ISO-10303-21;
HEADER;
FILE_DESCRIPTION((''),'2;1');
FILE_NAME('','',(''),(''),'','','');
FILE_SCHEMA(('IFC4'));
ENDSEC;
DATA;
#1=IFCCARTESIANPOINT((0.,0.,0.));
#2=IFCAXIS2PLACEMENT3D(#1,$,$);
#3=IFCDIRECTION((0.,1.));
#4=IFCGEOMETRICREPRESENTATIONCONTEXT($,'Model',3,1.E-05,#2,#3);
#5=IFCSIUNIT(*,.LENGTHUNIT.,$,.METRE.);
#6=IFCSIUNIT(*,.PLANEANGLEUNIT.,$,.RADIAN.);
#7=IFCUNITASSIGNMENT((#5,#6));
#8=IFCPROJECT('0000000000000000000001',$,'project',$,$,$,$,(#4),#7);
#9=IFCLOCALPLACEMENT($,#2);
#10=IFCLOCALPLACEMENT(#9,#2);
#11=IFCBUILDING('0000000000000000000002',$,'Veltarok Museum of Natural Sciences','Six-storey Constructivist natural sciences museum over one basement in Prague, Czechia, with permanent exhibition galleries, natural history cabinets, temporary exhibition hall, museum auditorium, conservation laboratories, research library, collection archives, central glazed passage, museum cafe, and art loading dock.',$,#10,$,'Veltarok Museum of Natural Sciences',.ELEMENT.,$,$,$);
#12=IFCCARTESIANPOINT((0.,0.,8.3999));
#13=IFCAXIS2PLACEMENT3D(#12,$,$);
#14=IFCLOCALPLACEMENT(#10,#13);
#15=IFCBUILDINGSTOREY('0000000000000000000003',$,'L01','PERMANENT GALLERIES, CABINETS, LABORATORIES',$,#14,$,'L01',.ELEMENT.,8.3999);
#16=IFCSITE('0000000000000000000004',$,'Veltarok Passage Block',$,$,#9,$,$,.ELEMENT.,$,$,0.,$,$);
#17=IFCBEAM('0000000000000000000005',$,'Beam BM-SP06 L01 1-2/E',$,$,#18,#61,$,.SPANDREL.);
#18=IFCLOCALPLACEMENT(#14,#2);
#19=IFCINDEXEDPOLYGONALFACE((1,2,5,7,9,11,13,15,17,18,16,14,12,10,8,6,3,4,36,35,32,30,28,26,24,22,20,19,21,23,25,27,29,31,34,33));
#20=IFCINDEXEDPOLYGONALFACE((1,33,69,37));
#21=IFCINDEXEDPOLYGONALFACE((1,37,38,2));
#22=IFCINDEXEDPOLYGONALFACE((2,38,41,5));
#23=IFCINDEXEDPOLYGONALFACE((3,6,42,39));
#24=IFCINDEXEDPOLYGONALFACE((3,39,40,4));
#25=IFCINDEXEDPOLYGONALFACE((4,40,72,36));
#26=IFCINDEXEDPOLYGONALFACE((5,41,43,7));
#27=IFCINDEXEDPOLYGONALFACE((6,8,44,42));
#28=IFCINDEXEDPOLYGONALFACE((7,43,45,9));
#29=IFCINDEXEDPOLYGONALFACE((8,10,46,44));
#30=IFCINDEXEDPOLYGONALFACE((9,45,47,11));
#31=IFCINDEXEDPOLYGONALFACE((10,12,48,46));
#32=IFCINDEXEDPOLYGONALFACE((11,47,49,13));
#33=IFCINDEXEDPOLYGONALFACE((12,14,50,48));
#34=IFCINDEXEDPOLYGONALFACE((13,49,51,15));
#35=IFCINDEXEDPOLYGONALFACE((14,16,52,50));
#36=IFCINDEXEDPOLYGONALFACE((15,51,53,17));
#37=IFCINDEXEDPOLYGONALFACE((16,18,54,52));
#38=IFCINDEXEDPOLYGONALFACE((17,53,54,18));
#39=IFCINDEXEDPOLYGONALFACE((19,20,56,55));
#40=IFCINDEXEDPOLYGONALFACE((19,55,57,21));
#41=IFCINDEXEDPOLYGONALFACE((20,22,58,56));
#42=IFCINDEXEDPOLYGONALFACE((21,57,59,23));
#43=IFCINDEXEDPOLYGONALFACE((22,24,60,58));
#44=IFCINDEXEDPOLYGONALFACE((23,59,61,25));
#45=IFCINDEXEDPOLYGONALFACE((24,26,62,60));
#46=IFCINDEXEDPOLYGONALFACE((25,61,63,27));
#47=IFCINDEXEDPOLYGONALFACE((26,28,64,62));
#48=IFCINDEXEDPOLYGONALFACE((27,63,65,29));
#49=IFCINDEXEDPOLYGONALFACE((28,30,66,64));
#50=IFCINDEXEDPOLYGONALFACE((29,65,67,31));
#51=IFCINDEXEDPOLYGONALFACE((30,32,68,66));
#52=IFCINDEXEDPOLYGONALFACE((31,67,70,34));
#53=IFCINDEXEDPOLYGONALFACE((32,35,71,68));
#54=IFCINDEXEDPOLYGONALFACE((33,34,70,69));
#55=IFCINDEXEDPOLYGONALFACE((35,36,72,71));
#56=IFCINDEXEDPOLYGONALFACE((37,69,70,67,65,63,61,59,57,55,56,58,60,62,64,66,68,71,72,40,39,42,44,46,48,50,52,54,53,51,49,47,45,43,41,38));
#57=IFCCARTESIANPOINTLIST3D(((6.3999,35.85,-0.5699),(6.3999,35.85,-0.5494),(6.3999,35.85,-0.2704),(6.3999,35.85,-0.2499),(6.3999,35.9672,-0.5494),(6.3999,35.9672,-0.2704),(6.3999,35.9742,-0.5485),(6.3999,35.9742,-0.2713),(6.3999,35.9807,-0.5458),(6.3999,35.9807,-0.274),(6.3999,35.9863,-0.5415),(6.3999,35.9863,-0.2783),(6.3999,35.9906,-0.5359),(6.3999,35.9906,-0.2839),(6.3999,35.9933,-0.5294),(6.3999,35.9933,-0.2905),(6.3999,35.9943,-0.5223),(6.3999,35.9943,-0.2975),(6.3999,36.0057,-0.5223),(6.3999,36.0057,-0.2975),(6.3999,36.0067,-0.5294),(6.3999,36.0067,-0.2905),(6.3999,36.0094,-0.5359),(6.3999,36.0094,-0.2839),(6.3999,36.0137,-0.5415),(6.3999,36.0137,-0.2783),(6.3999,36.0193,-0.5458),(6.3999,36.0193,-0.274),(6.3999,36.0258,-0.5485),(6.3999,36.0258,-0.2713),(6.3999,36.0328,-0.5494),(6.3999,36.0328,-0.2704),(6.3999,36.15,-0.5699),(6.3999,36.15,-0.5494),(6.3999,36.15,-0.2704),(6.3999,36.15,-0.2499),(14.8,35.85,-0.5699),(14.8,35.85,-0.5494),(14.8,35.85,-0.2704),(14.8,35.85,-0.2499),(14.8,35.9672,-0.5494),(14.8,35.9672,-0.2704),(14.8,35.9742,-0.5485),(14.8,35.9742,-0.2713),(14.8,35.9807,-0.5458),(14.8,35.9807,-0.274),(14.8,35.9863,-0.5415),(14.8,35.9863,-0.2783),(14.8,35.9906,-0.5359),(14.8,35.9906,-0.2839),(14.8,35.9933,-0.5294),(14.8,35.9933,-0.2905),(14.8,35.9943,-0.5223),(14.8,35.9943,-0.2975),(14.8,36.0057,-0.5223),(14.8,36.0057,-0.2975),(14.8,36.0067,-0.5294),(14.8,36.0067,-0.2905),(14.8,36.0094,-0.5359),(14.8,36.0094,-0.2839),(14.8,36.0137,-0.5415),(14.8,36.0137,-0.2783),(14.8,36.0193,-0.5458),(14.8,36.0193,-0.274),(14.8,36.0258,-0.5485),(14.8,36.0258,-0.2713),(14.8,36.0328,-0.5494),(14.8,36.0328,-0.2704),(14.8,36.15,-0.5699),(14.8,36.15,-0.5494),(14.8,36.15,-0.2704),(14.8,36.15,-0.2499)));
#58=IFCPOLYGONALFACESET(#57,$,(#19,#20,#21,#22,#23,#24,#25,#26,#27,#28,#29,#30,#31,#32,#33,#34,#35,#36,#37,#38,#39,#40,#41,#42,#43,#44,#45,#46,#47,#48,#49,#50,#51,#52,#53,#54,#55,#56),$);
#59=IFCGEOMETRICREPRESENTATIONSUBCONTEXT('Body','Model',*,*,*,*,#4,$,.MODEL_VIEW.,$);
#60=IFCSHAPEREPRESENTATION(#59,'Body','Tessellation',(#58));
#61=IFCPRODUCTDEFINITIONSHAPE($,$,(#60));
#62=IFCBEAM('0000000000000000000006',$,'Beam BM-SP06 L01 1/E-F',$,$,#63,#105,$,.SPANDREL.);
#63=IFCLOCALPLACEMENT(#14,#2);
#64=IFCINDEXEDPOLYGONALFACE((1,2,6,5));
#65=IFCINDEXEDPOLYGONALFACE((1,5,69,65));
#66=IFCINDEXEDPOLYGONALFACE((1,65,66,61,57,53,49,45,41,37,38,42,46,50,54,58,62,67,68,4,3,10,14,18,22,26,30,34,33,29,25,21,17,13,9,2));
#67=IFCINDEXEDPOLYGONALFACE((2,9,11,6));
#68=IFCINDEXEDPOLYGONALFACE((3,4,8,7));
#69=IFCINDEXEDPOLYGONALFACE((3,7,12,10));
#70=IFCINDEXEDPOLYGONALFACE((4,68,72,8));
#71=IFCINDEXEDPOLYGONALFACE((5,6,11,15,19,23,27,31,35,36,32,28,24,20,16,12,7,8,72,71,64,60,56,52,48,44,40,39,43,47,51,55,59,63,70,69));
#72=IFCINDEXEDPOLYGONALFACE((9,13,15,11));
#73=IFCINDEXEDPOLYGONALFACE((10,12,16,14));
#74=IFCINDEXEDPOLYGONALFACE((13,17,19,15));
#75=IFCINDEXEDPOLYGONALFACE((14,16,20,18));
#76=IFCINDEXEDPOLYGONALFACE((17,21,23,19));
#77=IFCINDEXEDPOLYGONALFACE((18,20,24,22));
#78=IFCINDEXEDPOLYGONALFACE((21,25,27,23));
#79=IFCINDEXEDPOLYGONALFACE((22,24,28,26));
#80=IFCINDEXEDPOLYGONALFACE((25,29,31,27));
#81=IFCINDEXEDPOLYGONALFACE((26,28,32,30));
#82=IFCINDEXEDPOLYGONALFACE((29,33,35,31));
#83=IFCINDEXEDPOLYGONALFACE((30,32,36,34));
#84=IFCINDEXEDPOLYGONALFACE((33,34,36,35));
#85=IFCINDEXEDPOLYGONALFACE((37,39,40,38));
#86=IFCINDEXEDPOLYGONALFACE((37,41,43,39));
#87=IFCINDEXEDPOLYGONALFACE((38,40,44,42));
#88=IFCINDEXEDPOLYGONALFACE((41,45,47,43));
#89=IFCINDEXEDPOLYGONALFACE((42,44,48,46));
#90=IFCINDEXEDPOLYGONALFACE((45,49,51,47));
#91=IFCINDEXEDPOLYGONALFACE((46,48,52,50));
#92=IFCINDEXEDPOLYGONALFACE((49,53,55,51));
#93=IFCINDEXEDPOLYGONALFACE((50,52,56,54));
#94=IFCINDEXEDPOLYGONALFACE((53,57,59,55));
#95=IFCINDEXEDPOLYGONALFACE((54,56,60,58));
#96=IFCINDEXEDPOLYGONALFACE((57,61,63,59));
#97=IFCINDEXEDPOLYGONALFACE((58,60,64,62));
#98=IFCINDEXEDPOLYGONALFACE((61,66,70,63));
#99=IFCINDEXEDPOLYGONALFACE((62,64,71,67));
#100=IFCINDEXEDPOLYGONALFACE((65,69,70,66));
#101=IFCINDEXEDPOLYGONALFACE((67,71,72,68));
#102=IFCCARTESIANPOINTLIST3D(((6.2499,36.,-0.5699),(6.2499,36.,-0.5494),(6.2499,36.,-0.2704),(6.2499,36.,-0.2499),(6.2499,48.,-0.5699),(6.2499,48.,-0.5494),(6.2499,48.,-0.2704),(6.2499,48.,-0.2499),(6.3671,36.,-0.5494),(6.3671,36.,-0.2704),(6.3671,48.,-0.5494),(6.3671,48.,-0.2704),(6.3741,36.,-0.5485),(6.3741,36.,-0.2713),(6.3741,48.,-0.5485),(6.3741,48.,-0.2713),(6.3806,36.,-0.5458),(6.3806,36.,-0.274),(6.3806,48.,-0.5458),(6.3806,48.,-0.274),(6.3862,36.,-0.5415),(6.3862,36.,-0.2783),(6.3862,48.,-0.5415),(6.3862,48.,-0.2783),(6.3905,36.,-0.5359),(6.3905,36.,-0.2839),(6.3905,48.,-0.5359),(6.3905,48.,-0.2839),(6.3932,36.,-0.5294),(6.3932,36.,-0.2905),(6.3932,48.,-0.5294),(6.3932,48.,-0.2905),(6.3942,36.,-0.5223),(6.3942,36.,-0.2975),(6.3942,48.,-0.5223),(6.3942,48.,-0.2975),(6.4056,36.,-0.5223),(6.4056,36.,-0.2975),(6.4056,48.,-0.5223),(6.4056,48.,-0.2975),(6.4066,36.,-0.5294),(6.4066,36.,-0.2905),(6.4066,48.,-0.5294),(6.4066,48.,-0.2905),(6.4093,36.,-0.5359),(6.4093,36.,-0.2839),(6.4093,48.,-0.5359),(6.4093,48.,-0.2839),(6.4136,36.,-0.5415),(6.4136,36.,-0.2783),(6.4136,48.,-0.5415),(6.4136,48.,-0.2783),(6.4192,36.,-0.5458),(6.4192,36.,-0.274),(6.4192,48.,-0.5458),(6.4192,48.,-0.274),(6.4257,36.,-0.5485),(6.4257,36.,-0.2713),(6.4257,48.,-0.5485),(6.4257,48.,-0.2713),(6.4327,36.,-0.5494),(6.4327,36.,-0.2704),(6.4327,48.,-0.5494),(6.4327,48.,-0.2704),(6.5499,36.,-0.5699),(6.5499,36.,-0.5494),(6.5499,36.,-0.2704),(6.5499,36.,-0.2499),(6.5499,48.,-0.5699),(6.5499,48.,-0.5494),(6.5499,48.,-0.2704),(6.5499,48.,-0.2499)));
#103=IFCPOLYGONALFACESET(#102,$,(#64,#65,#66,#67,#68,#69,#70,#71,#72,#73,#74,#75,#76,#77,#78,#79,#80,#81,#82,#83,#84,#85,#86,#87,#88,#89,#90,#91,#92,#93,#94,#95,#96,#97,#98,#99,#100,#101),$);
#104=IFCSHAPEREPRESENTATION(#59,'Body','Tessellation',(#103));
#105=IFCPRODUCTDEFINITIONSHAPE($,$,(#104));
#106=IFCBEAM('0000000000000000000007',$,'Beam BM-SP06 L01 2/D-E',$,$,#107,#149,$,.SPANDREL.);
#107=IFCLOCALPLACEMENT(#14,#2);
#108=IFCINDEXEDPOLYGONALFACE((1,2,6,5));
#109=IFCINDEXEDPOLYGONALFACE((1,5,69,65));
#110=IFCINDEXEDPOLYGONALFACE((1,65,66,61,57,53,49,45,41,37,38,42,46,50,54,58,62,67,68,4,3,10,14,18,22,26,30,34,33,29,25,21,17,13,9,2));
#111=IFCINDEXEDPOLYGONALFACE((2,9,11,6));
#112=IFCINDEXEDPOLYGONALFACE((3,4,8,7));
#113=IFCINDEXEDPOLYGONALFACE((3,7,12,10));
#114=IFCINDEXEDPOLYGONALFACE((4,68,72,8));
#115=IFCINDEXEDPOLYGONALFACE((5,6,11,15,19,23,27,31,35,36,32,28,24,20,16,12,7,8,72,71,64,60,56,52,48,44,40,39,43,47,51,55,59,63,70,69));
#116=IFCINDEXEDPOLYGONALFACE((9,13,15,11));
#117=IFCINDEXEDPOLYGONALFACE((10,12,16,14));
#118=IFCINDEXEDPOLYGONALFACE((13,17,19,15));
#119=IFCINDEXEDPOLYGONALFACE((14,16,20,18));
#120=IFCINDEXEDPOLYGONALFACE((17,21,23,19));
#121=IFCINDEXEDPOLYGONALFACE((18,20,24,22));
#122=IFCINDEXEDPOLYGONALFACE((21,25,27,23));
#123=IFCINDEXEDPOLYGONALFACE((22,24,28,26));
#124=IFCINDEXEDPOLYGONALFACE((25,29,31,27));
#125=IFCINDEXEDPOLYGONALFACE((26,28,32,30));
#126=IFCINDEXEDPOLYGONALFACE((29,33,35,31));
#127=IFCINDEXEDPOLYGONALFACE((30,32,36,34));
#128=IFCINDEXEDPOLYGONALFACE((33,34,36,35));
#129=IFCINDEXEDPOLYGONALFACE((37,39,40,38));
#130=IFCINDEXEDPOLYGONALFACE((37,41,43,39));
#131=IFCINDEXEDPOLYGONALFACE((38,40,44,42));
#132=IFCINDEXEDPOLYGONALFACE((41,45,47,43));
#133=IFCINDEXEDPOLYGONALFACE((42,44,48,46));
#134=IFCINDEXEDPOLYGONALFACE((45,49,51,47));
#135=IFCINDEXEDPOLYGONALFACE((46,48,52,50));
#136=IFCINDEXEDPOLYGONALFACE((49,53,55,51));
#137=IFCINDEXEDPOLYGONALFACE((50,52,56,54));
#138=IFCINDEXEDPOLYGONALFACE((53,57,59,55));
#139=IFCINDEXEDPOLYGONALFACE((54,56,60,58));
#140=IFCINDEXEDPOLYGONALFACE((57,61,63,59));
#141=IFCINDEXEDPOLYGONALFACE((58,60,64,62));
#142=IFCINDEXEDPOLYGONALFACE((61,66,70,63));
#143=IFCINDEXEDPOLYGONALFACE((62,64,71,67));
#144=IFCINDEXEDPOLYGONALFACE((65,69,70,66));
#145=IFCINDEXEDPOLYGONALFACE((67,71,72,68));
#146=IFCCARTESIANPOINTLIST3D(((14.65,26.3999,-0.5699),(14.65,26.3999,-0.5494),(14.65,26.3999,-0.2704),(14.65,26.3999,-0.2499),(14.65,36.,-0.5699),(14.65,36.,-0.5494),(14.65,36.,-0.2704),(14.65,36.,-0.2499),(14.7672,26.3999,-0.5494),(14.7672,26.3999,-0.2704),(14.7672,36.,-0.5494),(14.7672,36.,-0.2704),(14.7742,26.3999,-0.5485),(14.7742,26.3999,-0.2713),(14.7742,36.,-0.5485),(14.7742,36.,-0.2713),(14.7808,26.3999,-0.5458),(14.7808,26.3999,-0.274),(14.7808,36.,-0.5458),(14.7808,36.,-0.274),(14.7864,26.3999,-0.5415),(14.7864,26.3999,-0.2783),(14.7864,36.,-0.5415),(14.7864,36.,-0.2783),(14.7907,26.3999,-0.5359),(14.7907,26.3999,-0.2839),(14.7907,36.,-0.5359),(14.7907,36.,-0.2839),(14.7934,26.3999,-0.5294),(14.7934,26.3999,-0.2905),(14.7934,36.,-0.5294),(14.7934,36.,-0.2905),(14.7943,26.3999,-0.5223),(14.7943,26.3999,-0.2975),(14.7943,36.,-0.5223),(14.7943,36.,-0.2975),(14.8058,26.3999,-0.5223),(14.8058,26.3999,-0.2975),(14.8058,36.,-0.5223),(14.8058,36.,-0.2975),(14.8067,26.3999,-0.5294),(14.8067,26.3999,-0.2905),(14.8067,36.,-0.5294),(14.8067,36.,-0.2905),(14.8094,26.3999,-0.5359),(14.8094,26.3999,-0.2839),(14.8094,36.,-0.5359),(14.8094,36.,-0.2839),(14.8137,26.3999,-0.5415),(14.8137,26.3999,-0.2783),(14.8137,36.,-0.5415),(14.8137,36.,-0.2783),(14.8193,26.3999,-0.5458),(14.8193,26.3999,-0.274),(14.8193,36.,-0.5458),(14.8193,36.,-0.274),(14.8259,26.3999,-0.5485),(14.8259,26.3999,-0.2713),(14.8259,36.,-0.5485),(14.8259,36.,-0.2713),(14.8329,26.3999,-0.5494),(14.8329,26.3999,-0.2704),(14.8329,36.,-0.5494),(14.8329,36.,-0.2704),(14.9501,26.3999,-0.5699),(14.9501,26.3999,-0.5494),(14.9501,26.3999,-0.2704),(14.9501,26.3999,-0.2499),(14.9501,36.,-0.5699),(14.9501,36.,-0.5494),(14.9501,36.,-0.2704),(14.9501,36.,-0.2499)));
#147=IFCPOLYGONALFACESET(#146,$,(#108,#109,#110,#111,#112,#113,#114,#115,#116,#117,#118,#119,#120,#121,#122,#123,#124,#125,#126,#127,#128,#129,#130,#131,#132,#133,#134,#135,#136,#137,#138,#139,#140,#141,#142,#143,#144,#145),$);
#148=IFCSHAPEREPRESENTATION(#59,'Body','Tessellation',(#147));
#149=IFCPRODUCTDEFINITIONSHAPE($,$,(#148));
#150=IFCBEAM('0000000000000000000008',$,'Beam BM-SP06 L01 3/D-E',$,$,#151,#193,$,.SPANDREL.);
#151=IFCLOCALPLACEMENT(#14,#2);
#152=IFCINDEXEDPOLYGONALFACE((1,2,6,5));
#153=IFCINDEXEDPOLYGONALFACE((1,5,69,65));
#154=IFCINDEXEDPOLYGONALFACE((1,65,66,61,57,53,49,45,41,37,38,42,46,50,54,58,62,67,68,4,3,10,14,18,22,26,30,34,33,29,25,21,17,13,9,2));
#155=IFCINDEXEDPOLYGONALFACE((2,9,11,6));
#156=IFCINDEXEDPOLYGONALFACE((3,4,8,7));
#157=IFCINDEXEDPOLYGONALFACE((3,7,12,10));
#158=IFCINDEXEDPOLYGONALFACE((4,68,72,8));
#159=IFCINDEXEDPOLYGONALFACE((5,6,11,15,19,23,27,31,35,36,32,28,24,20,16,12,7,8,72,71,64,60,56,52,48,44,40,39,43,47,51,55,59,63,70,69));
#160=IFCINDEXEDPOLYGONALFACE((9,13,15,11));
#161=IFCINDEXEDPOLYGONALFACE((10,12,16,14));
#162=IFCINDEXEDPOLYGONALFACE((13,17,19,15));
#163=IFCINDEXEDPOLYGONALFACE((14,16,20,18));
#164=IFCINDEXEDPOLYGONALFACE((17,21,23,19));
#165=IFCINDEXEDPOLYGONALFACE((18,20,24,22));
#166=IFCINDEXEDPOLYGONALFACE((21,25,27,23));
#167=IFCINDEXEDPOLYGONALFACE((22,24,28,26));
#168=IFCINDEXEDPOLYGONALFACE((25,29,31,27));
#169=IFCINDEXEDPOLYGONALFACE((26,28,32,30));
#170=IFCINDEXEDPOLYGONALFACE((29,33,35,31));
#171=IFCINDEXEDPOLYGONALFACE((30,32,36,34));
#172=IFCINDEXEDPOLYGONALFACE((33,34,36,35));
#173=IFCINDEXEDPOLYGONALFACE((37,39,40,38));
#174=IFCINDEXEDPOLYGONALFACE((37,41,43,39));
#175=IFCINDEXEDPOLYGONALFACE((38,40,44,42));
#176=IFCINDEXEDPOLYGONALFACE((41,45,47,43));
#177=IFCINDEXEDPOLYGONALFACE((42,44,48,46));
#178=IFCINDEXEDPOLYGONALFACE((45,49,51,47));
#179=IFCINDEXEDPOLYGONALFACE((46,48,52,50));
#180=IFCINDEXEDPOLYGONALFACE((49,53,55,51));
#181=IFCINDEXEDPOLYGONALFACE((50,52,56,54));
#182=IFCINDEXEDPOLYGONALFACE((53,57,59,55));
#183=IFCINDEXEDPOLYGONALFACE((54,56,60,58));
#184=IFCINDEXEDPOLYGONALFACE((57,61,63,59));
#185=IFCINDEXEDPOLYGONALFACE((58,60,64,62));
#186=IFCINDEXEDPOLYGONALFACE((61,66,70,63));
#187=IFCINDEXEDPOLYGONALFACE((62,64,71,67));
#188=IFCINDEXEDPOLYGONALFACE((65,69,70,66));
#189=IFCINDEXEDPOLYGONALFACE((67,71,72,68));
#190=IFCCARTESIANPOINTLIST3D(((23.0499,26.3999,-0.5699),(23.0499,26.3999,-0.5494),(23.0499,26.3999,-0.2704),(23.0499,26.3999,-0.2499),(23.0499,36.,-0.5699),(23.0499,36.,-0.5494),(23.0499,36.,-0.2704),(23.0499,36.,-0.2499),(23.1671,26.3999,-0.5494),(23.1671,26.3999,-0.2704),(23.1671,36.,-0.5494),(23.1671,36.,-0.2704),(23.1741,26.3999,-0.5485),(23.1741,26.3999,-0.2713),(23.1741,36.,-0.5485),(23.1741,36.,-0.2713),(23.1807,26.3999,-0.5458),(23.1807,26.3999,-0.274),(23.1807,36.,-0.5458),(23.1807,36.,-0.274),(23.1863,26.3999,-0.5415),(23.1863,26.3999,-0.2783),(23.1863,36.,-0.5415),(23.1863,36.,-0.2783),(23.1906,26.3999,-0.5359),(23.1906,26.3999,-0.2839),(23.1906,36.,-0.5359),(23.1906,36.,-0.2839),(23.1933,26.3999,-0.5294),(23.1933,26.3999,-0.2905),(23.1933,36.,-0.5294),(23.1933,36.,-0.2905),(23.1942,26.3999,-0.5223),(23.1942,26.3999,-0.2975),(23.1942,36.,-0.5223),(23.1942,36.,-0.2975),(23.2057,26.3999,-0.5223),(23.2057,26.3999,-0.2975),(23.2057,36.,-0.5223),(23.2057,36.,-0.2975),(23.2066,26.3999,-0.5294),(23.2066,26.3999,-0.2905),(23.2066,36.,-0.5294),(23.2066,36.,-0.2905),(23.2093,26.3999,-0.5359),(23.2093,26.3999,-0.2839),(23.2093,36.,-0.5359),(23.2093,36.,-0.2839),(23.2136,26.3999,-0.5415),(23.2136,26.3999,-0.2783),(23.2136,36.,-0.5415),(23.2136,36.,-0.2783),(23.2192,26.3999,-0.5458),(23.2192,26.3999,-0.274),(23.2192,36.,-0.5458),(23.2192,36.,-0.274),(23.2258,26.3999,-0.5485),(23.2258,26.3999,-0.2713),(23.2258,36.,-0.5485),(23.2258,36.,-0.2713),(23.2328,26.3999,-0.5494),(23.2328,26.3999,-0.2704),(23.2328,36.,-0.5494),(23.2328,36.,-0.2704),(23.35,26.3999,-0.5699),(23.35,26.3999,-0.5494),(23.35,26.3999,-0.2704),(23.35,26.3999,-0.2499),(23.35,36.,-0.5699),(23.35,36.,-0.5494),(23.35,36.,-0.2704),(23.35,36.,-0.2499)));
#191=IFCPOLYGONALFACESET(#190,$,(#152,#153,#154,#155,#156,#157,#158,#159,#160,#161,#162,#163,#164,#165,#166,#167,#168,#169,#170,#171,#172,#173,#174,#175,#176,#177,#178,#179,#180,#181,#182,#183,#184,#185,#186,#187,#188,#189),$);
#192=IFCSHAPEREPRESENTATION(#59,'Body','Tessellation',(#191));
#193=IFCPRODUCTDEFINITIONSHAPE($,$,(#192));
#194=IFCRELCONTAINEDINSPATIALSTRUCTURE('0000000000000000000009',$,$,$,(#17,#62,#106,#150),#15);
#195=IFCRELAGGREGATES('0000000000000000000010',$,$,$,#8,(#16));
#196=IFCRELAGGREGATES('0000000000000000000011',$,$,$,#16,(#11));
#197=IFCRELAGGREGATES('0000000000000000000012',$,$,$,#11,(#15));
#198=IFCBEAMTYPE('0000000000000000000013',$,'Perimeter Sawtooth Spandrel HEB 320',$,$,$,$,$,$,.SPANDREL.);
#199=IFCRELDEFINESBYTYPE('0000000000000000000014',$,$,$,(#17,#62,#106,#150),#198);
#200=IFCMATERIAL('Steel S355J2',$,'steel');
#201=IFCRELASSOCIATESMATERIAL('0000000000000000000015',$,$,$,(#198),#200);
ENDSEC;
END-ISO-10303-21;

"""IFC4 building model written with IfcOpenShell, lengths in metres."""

from ifc_helpers import new_model, si_unit, direction, frame, origin, origin_2d, place, context, subcontext, project, spatial, i_section, extrude, material, material_profile, profile_set, type_object, element, save


model = new_model("IFC4")

# Units and contexts
model_context = context("Model", 3, precision=1e-05, world=origin(), true_north=direction((0.0, 1.0)))
body_context = subcontext(model_context, "Body", "Model", "MODEL_VIEW")
ifc_project = project(units=[si_unit("LENGTHUNIT", "METRE"), si_unit("PLANEANGLEUNIT", "RADIAN")], contexts=[model_context])

# Site, building, storey
site_placement = place(None, origin())
site = spatial("IfcSite", under=ifc_project, at=site_placement, Name="Veltarok Passage Block", CompositionType="ELEMENT", RefElevation=0.0)
building_placement = place(site_placement, origin())
building = spatial("IfcBuilding", under=site, at=building_placement, Name="Veltarok Museum of Natural Sciences", Description="Six-storey Constructivist natural sciences museum over one basement in Prague, Czechia, with permanent exhibition galleries, natural history cabinets, temporary exhibition hall, museum auditorium, conservation laboratories, research library, collection archives, central glazed passage, museum cafe, and art loading dock.", LongName="Veltarok Museum of Natural Sciences", CompositionType="ELEMENT")
storey_placement = place(building_placement, frame((0.0, 0.0, 8.3999)))
storey = spatial("IfcBuildingStorey", under=building, at=storey_placement, Name="L01", Description="PERMANENT GALLERIES, CABINETS, LABORATORIES", LongName="L01", CompositionType="ELEMENT", Elevation=8.3999)

# Shared definitions
ifc_material_1 = material(Name="Steel S355J2", Category="steel")

# Beams
ifc_material_profile_1 = material_profile(ifc_material_1, i_section(OverallWidth=0.3, OverallDepth=0.3201, WebThickness=0.0115, FlangeThickness=0.0205, FilletRadius=0.0271, at=origin_2d()), Name="HEB 320")
ifc_profile_set_1 = profile_set([ifc_material_profile_1], Name="Steel S355J2")
beam_type_1 = type_object("IfcBeamType", Name="Perimeter Sawtooth Spandrel HEB 320", PredefinedType="SPANDREL", material=ifc_profile_set_1)
for number, where, z_axis, x_axis, name in (
    (1, (6.3999, 36.0, -0.4099), (1.0, 0.0, 0.0), (0.0, 1.0, 0.0), "Beam BM-SP06 L01 1-2/E"),
):
    element("IfcBeam", number, at=place(storey_placement, frame(where, z_axis=z_axis, x_axis=x_axis)), inside=storey, type_object=beam_type_1, Name=name, PredefinedType="SPANDREL", context=body_context, shape_type="SweptSolid", body=[
        extrude(i_section(OverallWidth=0.3, OverallDepth=0.3201, WebThickness=0.0115, FlangeThickness=0.0205, FilletRadius=0.0271, at=origin_2d()), origin(), (0.0, 0.0, 1.0), 8.4001),
    ])
beam_1_placement = place(storey_placement, frame((6.3999, 36.0, -0.4099), z_axis=(0.0, 1.0, 0.0), x_axis=(-1.0, 0.0, 0.0)))
element("IfcBeam", 2, at=beam_1_placement, inside=storey, type_object=beam_type_1, Name="Beam BM-SP06 L01 1/E-F", PredefinedType="SPANDREL", context=body_context, shape_type="SweptSolid", body=[
    extrude(i_section(OverallWidth=0.3, OverallDepth=0.3201, WebThickness=0.0115, FlangeThickness=0.0205, FilletRadius=0.0271, at=origin_2d()), origin(), (0.0, 0.0, 1.0), 12.0),
])
for number, where, z_axis, x_axis, name in (
    (3, (14.8, 26.3999, -0.4099), (0.0, 1.0, 0.0), (-1.0, 0.0, 0.0), "Beam BM-SP06 L01 2/D-E"),
    (4, (23.2, 26.3999, -0.4099), (0.0, 1.0, 0.0), (-1.0, 0.0, 0.0), "Beam BM-SP06 L01 3/D-E"),
):
    element("IfcBeam", number, at=place(storey_placement, frame(where, z_axis=z_axis, x_axis=x_axis)), inside=storey, type_object=beam_type_1, Name=name, PredefinedType="SPANDREL", context=body_context, shape_type="SweptSolid", body=[
        extrude(i_section(OverallWidth=0.3, OverallDepth=0.3201, WebThickness=0.0115, FlangeThickness=0.0205, FilletRadius=0.0271, at=origin_2d()), origin(), (0.0, 0.0, 1.0), 9.6001),
    ])

save(model, "model.ifc")
